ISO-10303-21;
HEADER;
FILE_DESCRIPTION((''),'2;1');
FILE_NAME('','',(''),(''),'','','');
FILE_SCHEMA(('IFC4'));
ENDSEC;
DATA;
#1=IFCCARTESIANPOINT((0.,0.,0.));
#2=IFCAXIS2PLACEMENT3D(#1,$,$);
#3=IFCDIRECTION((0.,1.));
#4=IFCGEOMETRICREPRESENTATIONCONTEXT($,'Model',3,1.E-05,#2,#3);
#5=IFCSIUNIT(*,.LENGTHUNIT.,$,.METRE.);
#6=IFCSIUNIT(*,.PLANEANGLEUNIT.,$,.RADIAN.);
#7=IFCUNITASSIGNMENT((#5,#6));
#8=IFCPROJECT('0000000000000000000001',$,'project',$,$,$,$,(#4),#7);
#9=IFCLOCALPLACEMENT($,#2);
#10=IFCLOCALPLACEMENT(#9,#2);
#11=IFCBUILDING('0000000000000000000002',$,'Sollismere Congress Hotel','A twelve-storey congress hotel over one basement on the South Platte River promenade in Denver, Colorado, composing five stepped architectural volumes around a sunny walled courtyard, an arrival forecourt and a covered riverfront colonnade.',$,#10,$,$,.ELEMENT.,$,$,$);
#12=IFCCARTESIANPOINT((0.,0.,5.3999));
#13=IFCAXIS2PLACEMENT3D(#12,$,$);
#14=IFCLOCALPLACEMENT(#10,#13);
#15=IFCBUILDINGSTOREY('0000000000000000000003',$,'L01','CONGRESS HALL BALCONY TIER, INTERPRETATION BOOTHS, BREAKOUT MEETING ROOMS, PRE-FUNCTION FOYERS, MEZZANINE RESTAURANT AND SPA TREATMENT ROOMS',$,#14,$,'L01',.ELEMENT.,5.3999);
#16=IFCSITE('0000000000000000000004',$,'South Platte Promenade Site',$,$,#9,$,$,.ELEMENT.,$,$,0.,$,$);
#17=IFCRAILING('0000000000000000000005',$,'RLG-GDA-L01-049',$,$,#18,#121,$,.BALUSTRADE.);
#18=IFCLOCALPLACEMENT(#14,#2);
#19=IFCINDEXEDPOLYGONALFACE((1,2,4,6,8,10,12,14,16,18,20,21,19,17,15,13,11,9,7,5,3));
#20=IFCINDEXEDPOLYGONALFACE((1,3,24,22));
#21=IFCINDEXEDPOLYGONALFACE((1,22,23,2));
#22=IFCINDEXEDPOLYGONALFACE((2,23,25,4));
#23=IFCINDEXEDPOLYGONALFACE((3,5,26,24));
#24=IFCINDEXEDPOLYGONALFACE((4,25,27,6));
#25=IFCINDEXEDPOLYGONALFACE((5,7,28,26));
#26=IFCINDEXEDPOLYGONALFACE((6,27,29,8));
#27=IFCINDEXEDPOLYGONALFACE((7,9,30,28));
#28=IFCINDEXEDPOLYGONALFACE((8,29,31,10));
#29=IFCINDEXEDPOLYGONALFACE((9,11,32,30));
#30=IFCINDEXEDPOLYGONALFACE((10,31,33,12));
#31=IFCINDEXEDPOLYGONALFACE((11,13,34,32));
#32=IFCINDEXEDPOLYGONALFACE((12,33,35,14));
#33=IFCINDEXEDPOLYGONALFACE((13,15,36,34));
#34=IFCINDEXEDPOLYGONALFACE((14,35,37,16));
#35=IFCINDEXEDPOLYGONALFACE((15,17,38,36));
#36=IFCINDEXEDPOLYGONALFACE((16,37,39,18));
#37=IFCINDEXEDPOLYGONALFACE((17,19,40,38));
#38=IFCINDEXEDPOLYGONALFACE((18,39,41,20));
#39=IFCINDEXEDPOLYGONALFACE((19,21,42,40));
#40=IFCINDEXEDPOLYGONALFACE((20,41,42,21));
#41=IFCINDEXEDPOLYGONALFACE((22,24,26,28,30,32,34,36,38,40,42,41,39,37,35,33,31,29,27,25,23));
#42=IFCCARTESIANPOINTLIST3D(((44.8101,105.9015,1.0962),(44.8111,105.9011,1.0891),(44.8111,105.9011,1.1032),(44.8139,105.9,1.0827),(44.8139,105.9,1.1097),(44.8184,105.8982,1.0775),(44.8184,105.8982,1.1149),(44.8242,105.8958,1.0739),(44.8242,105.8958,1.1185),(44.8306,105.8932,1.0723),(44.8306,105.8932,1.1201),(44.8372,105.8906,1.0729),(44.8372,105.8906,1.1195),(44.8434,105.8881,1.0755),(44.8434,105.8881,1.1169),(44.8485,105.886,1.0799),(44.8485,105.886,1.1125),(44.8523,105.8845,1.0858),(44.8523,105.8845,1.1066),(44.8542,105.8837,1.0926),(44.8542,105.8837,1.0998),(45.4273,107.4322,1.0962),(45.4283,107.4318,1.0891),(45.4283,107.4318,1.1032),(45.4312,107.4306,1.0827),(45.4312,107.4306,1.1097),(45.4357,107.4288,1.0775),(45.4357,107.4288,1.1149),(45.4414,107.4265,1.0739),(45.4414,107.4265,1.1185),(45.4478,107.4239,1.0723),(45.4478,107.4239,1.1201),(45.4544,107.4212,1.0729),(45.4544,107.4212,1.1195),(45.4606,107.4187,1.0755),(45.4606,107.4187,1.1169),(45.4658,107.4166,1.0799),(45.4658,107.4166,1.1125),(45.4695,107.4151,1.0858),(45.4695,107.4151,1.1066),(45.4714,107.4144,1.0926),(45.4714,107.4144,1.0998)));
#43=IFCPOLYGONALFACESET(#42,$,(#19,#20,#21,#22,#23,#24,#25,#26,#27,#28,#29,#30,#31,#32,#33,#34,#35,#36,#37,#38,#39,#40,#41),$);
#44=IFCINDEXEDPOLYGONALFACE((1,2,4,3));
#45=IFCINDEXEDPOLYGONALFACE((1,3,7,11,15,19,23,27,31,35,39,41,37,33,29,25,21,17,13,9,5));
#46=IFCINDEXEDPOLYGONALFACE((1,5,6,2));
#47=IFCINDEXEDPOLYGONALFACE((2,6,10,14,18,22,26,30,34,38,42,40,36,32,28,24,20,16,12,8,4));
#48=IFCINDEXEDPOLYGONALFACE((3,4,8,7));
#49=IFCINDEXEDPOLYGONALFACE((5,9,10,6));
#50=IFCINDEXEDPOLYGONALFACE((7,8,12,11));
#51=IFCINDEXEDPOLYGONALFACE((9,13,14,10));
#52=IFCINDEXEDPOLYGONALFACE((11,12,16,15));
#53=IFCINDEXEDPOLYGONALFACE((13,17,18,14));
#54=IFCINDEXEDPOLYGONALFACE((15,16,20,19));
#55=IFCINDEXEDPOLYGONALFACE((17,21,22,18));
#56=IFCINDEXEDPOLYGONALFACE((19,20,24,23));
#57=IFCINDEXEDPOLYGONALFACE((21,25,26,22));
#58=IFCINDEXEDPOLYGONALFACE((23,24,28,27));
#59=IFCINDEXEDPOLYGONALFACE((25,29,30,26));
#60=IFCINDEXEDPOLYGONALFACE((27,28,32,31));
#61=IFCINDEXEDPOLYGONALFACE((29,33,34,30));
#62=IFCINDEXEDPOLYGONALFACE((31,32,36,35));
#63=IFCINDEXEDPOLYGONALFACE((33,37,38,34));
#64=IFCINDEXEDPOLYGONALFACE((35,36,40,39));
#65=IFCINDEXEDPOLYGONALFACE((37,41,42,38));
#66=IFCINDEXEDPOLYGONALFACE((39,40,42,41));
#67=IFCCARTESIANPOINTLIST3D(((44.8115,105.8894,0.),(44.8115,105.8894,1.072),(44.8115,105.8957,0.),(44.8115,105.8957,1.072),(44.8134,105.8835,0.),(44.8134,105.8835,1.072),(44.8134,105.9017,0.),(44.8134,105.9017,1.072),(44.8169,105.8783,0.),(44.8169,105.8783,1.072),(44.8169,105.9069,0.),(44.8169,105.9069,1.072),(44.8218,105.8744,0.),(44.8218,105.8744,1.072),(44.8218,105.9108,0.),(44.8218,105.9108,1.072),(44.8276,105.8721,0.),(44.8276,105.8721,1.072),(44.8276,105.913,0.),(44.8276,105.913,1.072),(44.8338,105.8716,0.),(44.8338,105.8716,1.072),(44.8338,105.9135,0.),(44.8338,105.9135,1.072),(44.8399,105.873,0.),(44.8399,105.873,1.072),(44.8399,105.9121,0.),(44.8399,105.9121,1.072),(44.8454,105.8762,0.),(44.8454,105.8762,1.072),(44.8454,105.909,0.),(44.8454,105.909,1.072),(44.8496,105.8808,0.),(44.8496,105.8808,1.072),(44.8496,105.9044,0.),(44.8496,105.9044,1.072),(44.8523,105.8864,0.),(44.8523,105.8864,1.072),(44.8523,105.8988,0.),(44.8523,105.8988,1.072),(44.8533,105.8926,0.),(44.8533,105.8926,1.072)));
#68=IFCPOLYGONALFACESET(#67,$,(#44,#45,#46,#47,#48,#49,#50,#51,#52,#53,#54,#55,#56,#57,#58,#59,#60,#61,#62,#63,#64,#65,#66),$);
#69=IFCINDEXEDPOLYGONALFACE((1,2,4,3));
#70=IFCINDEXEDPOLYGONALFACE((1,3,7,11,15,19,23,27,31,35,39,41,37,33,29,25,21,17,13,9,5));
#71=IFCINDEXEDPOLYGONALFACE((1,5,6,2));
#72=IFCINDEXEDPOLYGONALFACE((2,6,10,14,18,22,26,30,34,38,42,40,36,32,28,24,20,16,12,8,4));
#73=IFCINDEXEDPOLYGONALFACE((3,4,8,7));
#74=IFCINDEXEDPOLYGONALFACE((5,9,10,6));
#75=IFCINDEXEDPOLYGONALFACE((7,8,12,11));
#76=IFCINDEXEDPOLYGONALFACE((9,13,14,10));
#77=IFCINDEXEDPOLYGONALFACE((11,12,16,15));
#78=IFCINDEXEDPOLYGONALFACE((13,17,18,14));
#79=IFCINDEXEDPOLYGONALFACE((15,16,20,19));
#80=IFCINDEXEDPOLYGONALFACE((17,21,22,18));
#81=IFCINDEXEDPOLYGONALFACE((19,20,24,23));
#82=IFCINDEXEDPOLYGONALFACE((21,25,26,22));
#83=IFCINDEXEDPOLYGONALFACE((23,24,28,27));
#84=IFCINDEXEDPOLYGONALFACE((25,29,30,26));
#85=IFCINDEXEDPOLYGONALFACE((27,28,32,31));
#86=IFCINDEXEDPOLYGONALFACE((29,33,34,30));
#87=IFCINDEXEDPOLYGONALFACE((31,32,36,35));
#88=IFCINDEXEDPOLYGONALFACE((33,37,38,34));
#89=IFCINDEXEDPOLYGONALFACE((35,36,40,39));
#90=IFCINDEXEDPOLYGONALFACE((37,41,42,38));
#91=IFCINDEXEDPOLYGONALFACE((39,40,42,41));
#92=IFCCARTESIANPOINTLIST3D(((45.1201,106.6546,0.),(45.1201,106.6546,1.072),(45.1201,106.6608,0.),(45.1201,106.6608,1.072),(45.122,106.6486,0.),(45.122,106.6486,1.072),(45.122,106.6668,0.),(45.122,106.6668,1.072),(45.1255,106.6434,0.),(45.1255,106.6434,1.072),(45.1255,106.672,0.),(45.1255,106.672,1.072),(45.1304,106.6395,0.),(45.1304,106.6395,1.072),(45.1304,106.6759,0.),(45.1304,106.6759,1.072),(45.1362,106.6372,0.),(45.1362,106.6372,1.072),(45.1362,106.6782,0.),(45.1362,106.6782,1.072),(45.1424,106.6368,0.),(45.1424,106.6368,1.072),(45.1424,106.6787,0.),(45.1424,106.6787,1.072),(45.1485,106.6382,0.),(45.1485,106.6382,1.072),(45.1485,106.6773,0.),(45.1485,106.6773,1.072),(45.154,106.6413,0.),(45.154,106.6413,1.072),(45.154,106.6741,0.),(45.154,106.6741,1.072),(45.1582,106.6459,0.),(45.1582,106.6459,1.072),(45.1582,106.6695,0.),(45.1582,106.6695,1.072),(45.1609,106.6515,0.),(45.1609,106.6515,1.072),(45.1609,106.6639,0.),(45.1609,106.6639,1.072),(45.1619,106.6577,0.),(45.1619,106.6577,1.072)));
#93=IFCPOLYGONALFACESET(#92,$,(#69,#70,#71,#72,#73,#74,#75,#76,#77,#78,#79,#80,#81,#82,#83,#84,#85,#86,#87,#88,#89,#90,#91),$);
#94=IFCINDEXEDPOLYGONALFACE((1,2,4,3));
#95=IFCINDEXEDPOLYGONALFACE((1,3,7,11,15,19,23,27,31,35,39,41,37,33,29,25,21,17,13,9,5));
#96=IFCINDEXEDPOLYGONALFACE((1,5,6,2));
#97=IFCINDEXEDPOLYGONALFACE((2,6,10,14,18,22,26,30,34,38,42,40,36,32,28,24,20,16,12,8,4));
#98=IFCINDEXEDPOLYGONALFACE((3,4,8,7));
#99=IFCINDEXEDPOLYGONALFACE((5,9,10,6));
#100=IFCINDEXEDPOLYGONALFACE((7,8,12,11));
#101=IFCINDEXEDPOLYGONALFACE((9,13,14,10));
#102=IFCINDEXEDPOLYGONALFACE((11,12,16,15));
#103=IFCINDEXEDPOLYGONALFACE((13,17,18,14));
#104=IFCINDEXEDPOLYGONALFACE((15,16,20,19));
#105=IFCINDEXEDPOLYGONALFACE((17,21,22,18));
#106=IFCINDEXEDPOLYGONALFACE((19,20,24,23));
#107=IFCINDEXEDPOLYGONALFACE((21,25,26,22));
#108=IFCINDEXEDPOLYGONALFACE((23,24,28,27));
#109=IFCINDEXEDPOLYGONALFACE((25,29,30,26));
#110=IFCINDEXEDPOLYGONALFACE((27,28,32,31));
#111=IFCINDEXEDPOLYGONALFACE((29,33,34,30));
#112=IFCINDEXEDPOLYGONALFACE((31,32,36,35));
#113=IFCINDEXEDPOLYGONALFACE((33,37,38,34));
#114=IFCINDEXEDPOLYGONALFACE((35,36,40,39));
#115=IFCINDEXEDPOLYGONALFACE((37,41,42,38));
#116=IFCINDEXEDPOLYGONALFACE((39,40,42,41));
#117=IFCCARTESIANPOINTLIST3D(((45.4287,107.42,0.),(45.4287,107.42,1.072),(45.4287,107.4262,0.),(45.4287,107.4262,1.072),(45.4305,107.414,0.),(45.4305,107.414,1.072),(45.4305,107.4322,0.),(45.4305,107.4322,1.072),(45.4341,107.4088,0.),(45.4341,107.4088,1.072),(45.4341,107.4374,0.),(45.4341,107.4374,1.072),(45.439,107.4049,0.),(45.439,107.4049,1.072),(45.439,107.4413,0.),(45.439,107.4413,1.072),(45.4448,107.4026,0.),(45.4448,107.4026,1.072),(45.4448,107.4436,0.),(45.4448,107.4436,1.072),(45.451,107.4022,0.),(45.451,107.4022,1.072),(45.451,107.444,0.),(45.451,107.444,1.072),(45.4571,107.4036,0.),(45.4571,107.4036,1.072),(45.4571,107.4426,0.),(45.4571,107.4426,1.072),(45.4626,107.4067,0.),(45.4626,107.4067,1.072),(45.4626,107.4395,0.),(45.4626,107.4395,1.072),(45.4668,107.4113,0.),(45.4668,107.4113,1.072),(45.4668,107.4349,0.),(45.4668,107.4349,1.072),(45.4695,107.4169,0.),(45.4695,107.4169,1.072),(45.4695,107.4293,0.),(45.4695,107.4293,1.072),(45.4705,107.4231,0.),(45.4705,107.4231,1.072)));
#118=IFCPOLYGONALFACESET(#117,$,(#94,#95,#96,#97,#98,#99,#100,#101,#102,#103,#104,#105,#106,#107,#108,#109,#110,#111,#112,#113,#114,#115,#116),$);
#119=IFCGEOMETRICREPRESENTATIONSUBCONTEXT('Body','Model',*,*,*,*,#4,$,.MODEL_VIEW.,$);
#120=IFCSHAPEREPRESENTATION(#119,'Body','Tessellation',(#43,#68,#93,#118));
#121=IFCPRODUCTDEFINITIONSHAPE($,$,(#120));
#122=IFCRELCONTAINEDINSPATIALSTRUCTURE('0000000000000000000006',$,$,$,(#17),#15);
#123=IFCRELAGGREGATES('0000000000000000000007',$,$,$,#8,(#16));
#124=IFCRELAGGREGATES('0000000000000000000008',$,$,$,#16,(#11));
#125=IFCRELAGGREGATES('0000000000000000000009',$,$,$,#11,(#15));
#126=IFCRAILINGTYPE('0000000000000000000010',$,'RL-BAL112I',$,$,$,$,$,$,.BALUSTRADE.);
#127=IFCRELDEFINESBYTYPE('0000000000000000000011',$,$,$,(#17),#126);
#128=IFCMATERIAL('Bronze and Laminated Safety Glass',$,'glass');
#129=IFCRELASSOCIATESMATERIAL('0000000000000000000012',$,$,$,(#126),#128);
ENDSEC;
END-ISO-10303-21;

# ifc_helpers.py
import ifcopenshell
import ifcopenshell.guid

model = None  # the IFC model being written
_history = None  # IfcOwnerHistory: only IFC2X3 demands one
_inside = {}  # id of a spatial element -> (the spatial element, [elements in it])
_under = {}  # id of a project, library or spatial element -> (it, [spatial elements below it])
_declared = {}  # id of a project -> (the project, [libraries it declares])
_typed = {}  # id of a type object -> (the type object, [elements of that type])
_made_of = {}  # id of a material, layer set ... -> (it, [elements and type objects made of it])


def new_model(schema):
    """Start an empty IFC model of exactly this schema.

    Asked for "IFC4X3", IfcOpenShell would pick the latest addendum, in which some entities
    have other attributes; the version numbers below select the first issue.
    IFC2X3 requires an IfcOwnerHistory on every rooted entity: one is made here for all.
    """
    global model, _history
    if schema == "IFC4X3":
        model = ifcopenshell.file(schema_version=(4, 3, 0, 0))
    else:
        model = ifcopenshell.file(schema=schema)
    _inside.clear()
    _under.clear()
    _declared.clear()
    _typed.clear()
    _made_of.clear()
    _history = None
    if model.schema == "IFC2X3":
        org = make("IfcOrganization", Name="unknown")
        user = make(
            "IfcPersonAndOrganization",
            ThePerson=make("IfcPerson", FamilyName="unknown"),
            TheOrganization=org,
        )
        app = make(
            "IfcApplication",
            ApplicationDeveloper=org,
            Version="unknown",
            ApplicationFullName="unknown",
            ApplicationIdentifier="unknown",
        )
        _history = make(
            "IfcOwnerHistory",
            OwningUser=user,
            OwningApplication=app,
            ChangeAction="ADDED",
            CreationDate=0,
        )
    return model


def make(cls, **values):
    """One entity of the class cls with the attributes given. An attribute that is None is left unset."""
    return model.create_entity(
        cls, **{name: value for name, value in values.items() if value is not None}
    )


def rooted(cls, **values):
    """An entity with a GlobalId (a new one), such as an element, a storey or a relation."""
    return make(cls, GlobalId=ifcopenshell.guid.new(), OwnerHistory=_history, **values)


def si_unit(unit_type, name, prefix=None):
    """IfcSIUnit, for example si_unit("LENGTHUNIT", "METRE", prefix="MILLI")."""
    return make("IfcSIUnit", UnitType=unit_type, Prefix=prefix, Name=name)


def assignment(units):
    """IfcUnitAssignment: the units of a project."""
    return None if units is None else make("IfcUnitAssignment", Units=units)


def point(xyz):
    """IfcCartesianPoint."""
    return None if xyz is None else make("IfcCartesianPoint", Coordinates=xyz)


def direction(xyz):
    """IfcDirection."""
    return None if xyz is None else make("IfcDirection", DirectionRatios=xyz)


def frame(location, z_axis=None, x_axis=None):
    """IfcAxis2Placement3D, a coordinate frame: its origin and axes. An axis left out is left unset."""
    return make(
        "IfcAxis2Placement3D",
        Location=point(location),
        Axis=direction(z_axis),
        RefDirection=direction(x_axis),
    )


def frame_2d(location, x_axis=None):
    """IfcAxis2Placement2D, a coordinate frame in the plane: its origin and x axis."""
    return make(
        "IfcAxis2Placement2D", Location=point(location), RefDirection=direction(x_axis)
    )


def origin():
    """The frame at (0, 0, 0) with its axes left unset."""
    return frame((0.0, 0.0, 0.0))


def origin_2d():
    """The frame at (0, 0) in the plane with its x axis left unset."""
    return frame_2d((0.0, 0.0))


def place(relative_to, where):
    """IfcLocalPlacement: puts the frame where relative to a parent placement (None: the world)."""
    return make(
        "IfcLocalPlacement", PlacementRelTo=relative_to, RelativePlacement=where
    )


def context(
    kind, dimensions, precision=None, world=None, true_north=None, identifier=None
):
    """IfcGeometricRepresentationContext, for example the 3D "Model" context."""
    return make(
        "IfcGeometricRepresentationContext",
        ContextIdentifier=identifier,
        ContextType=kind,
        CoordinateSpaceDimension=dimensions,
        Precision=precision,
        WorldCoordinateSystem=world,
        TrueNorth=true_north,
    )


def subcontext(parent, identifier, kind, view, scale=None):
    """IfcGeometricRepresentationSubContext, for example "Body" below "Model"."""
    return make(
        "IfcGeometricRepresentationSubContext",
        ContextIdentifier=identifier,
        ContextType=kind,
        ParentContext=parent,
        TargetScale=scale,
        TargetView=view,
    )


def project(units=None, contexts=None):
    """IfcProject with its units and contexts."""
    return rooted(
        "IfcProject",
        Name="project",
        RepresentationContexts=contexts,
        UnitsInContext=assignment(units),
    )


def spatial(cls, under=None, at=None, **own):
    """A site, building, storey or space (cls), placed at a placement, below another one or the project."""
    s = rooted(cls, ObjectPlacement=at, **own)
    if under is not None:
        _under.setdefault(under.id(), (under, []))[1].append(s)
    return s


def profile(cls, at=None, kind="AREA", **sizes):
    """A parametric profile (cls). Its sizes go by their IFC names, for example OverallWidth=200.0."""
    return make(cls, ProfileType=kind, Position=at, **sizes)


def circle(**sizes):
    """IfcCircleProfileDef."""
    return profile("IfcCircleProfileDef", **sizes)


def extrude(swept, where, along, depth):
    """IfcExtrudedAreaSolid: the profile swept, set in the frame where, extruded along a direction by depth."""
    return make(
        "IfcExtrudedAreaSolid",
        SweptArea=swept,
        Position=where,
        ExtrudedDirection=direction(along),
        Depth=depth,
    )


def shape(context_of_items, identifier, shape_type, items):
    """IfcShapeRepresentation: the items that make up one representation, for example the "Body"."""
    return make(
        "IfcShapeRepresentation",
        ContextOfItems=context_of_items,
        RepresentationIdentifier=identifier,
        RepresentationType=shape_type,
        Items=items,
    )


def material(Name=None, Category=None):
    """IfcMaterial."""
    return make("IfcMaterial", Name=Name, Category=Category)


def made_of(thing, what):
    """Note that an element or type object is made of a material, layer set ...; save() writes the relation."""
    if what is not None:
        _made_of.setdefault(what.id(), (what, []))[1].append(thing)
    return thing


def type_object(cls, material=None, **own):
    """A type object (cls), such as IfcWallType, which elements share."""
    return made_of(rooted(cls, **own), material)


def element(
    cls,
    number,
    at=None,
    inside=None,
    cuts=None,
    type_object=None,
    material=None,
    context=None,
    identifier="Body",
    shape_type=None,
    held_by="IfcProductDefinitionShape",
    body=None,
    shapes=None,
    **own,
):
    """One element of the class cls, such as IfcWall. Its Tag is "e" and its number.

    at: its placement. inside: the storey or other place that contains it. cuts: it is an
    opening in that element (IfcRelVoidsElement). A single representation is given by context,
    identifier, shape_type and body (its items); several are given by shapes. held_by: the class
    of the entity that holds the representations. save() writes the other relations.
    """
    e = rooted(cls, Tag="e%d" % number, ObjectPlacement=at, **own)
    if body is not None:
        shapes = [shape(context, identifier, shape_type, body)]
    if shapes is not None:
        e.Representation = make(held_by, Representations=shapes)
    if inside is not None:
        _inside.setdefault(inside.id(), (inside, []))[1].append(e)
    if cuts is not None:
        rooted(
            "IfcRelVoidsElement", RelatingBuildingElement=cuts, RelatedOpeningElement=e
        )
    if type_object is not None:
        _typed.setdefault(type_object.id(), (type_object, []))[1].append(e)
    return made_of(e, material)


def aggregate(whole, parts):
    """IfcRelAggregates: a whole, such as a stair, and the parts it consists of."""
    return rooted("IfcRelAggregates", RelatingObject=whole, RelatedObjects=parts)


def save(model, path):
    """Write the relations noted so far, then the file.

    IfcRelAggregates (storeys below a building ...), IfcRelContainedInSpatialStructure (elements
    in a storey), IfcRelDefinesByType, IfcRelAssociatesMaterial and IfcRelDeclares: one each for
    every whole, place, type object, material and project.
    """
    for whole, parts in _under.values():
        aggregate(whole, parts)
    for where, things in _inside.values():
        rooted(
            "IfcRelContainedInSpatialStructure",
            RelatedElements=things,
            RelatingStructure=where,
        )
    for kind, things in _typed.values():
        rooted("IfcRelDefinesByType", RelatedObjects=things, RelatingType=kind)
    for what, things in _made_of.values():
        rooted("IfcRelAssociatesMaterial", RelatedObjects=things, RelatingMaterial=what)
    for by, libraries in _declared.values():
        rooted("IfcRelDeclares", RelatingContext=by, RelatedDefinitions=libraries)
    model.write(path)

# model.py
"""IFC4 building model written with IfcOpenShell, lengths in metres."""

from ifc_helpers import new_model, si_unit, direction, frame, origin, origin_2d, place, context, subcontext, project, spatial, circle, extrude, material, type_object, element, save


model = new_model("IFC4")

# Units and contexts
model_context = context("Model", 3, precision=1e-05, world=origin(), true_north=direction((0.0, 1.0)))
body_context = subcontext(model_context, "Body", "Model", "MODEL_VIEW")
ifc_project = project(units=[si_unit("LENGTHUNIT", "METRE"), si_unit("PLANEANGLEUNIT", "RADIAN")], contexts=[model_context])

# Site, building, storey
site_placement = place(None, origin())
site = spatial("IfcSite", under=ifc_project, at=site_placement, Name="South Platte Promenade Site", CompositionType="ELEMENT", RefElevation=0.0)
building_placement = place(site_placement, origin())
building = spatial("IfcBuilding", under=site, at=building_placement, Name="Sollismere Congress Hotel", Description="A twelve-storey congress hotel over one basement on the South Platte River promenade in Denver, Colorado, composing five stepped architectural volumes around a sunny walled courtyard, an arrival forecourt and a covered riverfront colonnade.", CompositionType="ELEMENT")
storey_placement = place(building_placement, frame((0.0, 0.0, 5.3999)))
storey = spatial("IfcBuildingStorey", under=building, at=storey_placement, Name="L01", Description="CONGRESS HALL BALCONY TIER, INTERPRETATION BOOTHS, BREAKOUT MEETING ROOMS, PRE-FUNCTION FOYERS, MEZZANINE RESTAURANT AND SPA TREATMENT ROOMS", LongName="L01", CompositionType="ELEMENT", Elevation=5.3999)

# Railing
ifc_material_1 = material(Name="Bronze and Laminated Safety Glass", Category="glass")
railing_type = type_object("IfcRailingType", Name="RL-BAL112I", PredefinedType="BALUSTRADE", material=ifc_material_1)
railing_1_placement = place(storey_placement, frame((44.8323, 105.8926, 0.0)))
element("IfcRailing", 1, at=railing_1_placement, inside=storey, type_object=railing_type, Name="RLG-GDA-L01-049", PredefinedType="BALUSTRADE", context=body_context, shape_type="SweptSolid", body=[
    extrude(circle(Radius=0.0239, at=origin_2d()), frame((0.0, 0.0, 1.0962), z_axis=(0.373991, 0.927432, 0.0), x_axis=(-0.927432, 0.373991, 0.0)), (0.0, 0.0, 1.0), 1.6504),
    extrude(circle(Radius=0.021, at=origin_2d()), origin(), (0.0, 0.0, 1.0), 1.072),
    extrude(circle(Radius=0.021, at=origin_2d()), frame((0.3086, 0.7651, 0.0)), (0.0, 0.0, 1.0), 1.072),
    extrude(circle(Radius=0.021, at=origin_2d()), frame((0.6172, 1.5305, 0.0)), (0.0, 0.0, 1.0), 1.072),
])

save(model, "model.ifc")
